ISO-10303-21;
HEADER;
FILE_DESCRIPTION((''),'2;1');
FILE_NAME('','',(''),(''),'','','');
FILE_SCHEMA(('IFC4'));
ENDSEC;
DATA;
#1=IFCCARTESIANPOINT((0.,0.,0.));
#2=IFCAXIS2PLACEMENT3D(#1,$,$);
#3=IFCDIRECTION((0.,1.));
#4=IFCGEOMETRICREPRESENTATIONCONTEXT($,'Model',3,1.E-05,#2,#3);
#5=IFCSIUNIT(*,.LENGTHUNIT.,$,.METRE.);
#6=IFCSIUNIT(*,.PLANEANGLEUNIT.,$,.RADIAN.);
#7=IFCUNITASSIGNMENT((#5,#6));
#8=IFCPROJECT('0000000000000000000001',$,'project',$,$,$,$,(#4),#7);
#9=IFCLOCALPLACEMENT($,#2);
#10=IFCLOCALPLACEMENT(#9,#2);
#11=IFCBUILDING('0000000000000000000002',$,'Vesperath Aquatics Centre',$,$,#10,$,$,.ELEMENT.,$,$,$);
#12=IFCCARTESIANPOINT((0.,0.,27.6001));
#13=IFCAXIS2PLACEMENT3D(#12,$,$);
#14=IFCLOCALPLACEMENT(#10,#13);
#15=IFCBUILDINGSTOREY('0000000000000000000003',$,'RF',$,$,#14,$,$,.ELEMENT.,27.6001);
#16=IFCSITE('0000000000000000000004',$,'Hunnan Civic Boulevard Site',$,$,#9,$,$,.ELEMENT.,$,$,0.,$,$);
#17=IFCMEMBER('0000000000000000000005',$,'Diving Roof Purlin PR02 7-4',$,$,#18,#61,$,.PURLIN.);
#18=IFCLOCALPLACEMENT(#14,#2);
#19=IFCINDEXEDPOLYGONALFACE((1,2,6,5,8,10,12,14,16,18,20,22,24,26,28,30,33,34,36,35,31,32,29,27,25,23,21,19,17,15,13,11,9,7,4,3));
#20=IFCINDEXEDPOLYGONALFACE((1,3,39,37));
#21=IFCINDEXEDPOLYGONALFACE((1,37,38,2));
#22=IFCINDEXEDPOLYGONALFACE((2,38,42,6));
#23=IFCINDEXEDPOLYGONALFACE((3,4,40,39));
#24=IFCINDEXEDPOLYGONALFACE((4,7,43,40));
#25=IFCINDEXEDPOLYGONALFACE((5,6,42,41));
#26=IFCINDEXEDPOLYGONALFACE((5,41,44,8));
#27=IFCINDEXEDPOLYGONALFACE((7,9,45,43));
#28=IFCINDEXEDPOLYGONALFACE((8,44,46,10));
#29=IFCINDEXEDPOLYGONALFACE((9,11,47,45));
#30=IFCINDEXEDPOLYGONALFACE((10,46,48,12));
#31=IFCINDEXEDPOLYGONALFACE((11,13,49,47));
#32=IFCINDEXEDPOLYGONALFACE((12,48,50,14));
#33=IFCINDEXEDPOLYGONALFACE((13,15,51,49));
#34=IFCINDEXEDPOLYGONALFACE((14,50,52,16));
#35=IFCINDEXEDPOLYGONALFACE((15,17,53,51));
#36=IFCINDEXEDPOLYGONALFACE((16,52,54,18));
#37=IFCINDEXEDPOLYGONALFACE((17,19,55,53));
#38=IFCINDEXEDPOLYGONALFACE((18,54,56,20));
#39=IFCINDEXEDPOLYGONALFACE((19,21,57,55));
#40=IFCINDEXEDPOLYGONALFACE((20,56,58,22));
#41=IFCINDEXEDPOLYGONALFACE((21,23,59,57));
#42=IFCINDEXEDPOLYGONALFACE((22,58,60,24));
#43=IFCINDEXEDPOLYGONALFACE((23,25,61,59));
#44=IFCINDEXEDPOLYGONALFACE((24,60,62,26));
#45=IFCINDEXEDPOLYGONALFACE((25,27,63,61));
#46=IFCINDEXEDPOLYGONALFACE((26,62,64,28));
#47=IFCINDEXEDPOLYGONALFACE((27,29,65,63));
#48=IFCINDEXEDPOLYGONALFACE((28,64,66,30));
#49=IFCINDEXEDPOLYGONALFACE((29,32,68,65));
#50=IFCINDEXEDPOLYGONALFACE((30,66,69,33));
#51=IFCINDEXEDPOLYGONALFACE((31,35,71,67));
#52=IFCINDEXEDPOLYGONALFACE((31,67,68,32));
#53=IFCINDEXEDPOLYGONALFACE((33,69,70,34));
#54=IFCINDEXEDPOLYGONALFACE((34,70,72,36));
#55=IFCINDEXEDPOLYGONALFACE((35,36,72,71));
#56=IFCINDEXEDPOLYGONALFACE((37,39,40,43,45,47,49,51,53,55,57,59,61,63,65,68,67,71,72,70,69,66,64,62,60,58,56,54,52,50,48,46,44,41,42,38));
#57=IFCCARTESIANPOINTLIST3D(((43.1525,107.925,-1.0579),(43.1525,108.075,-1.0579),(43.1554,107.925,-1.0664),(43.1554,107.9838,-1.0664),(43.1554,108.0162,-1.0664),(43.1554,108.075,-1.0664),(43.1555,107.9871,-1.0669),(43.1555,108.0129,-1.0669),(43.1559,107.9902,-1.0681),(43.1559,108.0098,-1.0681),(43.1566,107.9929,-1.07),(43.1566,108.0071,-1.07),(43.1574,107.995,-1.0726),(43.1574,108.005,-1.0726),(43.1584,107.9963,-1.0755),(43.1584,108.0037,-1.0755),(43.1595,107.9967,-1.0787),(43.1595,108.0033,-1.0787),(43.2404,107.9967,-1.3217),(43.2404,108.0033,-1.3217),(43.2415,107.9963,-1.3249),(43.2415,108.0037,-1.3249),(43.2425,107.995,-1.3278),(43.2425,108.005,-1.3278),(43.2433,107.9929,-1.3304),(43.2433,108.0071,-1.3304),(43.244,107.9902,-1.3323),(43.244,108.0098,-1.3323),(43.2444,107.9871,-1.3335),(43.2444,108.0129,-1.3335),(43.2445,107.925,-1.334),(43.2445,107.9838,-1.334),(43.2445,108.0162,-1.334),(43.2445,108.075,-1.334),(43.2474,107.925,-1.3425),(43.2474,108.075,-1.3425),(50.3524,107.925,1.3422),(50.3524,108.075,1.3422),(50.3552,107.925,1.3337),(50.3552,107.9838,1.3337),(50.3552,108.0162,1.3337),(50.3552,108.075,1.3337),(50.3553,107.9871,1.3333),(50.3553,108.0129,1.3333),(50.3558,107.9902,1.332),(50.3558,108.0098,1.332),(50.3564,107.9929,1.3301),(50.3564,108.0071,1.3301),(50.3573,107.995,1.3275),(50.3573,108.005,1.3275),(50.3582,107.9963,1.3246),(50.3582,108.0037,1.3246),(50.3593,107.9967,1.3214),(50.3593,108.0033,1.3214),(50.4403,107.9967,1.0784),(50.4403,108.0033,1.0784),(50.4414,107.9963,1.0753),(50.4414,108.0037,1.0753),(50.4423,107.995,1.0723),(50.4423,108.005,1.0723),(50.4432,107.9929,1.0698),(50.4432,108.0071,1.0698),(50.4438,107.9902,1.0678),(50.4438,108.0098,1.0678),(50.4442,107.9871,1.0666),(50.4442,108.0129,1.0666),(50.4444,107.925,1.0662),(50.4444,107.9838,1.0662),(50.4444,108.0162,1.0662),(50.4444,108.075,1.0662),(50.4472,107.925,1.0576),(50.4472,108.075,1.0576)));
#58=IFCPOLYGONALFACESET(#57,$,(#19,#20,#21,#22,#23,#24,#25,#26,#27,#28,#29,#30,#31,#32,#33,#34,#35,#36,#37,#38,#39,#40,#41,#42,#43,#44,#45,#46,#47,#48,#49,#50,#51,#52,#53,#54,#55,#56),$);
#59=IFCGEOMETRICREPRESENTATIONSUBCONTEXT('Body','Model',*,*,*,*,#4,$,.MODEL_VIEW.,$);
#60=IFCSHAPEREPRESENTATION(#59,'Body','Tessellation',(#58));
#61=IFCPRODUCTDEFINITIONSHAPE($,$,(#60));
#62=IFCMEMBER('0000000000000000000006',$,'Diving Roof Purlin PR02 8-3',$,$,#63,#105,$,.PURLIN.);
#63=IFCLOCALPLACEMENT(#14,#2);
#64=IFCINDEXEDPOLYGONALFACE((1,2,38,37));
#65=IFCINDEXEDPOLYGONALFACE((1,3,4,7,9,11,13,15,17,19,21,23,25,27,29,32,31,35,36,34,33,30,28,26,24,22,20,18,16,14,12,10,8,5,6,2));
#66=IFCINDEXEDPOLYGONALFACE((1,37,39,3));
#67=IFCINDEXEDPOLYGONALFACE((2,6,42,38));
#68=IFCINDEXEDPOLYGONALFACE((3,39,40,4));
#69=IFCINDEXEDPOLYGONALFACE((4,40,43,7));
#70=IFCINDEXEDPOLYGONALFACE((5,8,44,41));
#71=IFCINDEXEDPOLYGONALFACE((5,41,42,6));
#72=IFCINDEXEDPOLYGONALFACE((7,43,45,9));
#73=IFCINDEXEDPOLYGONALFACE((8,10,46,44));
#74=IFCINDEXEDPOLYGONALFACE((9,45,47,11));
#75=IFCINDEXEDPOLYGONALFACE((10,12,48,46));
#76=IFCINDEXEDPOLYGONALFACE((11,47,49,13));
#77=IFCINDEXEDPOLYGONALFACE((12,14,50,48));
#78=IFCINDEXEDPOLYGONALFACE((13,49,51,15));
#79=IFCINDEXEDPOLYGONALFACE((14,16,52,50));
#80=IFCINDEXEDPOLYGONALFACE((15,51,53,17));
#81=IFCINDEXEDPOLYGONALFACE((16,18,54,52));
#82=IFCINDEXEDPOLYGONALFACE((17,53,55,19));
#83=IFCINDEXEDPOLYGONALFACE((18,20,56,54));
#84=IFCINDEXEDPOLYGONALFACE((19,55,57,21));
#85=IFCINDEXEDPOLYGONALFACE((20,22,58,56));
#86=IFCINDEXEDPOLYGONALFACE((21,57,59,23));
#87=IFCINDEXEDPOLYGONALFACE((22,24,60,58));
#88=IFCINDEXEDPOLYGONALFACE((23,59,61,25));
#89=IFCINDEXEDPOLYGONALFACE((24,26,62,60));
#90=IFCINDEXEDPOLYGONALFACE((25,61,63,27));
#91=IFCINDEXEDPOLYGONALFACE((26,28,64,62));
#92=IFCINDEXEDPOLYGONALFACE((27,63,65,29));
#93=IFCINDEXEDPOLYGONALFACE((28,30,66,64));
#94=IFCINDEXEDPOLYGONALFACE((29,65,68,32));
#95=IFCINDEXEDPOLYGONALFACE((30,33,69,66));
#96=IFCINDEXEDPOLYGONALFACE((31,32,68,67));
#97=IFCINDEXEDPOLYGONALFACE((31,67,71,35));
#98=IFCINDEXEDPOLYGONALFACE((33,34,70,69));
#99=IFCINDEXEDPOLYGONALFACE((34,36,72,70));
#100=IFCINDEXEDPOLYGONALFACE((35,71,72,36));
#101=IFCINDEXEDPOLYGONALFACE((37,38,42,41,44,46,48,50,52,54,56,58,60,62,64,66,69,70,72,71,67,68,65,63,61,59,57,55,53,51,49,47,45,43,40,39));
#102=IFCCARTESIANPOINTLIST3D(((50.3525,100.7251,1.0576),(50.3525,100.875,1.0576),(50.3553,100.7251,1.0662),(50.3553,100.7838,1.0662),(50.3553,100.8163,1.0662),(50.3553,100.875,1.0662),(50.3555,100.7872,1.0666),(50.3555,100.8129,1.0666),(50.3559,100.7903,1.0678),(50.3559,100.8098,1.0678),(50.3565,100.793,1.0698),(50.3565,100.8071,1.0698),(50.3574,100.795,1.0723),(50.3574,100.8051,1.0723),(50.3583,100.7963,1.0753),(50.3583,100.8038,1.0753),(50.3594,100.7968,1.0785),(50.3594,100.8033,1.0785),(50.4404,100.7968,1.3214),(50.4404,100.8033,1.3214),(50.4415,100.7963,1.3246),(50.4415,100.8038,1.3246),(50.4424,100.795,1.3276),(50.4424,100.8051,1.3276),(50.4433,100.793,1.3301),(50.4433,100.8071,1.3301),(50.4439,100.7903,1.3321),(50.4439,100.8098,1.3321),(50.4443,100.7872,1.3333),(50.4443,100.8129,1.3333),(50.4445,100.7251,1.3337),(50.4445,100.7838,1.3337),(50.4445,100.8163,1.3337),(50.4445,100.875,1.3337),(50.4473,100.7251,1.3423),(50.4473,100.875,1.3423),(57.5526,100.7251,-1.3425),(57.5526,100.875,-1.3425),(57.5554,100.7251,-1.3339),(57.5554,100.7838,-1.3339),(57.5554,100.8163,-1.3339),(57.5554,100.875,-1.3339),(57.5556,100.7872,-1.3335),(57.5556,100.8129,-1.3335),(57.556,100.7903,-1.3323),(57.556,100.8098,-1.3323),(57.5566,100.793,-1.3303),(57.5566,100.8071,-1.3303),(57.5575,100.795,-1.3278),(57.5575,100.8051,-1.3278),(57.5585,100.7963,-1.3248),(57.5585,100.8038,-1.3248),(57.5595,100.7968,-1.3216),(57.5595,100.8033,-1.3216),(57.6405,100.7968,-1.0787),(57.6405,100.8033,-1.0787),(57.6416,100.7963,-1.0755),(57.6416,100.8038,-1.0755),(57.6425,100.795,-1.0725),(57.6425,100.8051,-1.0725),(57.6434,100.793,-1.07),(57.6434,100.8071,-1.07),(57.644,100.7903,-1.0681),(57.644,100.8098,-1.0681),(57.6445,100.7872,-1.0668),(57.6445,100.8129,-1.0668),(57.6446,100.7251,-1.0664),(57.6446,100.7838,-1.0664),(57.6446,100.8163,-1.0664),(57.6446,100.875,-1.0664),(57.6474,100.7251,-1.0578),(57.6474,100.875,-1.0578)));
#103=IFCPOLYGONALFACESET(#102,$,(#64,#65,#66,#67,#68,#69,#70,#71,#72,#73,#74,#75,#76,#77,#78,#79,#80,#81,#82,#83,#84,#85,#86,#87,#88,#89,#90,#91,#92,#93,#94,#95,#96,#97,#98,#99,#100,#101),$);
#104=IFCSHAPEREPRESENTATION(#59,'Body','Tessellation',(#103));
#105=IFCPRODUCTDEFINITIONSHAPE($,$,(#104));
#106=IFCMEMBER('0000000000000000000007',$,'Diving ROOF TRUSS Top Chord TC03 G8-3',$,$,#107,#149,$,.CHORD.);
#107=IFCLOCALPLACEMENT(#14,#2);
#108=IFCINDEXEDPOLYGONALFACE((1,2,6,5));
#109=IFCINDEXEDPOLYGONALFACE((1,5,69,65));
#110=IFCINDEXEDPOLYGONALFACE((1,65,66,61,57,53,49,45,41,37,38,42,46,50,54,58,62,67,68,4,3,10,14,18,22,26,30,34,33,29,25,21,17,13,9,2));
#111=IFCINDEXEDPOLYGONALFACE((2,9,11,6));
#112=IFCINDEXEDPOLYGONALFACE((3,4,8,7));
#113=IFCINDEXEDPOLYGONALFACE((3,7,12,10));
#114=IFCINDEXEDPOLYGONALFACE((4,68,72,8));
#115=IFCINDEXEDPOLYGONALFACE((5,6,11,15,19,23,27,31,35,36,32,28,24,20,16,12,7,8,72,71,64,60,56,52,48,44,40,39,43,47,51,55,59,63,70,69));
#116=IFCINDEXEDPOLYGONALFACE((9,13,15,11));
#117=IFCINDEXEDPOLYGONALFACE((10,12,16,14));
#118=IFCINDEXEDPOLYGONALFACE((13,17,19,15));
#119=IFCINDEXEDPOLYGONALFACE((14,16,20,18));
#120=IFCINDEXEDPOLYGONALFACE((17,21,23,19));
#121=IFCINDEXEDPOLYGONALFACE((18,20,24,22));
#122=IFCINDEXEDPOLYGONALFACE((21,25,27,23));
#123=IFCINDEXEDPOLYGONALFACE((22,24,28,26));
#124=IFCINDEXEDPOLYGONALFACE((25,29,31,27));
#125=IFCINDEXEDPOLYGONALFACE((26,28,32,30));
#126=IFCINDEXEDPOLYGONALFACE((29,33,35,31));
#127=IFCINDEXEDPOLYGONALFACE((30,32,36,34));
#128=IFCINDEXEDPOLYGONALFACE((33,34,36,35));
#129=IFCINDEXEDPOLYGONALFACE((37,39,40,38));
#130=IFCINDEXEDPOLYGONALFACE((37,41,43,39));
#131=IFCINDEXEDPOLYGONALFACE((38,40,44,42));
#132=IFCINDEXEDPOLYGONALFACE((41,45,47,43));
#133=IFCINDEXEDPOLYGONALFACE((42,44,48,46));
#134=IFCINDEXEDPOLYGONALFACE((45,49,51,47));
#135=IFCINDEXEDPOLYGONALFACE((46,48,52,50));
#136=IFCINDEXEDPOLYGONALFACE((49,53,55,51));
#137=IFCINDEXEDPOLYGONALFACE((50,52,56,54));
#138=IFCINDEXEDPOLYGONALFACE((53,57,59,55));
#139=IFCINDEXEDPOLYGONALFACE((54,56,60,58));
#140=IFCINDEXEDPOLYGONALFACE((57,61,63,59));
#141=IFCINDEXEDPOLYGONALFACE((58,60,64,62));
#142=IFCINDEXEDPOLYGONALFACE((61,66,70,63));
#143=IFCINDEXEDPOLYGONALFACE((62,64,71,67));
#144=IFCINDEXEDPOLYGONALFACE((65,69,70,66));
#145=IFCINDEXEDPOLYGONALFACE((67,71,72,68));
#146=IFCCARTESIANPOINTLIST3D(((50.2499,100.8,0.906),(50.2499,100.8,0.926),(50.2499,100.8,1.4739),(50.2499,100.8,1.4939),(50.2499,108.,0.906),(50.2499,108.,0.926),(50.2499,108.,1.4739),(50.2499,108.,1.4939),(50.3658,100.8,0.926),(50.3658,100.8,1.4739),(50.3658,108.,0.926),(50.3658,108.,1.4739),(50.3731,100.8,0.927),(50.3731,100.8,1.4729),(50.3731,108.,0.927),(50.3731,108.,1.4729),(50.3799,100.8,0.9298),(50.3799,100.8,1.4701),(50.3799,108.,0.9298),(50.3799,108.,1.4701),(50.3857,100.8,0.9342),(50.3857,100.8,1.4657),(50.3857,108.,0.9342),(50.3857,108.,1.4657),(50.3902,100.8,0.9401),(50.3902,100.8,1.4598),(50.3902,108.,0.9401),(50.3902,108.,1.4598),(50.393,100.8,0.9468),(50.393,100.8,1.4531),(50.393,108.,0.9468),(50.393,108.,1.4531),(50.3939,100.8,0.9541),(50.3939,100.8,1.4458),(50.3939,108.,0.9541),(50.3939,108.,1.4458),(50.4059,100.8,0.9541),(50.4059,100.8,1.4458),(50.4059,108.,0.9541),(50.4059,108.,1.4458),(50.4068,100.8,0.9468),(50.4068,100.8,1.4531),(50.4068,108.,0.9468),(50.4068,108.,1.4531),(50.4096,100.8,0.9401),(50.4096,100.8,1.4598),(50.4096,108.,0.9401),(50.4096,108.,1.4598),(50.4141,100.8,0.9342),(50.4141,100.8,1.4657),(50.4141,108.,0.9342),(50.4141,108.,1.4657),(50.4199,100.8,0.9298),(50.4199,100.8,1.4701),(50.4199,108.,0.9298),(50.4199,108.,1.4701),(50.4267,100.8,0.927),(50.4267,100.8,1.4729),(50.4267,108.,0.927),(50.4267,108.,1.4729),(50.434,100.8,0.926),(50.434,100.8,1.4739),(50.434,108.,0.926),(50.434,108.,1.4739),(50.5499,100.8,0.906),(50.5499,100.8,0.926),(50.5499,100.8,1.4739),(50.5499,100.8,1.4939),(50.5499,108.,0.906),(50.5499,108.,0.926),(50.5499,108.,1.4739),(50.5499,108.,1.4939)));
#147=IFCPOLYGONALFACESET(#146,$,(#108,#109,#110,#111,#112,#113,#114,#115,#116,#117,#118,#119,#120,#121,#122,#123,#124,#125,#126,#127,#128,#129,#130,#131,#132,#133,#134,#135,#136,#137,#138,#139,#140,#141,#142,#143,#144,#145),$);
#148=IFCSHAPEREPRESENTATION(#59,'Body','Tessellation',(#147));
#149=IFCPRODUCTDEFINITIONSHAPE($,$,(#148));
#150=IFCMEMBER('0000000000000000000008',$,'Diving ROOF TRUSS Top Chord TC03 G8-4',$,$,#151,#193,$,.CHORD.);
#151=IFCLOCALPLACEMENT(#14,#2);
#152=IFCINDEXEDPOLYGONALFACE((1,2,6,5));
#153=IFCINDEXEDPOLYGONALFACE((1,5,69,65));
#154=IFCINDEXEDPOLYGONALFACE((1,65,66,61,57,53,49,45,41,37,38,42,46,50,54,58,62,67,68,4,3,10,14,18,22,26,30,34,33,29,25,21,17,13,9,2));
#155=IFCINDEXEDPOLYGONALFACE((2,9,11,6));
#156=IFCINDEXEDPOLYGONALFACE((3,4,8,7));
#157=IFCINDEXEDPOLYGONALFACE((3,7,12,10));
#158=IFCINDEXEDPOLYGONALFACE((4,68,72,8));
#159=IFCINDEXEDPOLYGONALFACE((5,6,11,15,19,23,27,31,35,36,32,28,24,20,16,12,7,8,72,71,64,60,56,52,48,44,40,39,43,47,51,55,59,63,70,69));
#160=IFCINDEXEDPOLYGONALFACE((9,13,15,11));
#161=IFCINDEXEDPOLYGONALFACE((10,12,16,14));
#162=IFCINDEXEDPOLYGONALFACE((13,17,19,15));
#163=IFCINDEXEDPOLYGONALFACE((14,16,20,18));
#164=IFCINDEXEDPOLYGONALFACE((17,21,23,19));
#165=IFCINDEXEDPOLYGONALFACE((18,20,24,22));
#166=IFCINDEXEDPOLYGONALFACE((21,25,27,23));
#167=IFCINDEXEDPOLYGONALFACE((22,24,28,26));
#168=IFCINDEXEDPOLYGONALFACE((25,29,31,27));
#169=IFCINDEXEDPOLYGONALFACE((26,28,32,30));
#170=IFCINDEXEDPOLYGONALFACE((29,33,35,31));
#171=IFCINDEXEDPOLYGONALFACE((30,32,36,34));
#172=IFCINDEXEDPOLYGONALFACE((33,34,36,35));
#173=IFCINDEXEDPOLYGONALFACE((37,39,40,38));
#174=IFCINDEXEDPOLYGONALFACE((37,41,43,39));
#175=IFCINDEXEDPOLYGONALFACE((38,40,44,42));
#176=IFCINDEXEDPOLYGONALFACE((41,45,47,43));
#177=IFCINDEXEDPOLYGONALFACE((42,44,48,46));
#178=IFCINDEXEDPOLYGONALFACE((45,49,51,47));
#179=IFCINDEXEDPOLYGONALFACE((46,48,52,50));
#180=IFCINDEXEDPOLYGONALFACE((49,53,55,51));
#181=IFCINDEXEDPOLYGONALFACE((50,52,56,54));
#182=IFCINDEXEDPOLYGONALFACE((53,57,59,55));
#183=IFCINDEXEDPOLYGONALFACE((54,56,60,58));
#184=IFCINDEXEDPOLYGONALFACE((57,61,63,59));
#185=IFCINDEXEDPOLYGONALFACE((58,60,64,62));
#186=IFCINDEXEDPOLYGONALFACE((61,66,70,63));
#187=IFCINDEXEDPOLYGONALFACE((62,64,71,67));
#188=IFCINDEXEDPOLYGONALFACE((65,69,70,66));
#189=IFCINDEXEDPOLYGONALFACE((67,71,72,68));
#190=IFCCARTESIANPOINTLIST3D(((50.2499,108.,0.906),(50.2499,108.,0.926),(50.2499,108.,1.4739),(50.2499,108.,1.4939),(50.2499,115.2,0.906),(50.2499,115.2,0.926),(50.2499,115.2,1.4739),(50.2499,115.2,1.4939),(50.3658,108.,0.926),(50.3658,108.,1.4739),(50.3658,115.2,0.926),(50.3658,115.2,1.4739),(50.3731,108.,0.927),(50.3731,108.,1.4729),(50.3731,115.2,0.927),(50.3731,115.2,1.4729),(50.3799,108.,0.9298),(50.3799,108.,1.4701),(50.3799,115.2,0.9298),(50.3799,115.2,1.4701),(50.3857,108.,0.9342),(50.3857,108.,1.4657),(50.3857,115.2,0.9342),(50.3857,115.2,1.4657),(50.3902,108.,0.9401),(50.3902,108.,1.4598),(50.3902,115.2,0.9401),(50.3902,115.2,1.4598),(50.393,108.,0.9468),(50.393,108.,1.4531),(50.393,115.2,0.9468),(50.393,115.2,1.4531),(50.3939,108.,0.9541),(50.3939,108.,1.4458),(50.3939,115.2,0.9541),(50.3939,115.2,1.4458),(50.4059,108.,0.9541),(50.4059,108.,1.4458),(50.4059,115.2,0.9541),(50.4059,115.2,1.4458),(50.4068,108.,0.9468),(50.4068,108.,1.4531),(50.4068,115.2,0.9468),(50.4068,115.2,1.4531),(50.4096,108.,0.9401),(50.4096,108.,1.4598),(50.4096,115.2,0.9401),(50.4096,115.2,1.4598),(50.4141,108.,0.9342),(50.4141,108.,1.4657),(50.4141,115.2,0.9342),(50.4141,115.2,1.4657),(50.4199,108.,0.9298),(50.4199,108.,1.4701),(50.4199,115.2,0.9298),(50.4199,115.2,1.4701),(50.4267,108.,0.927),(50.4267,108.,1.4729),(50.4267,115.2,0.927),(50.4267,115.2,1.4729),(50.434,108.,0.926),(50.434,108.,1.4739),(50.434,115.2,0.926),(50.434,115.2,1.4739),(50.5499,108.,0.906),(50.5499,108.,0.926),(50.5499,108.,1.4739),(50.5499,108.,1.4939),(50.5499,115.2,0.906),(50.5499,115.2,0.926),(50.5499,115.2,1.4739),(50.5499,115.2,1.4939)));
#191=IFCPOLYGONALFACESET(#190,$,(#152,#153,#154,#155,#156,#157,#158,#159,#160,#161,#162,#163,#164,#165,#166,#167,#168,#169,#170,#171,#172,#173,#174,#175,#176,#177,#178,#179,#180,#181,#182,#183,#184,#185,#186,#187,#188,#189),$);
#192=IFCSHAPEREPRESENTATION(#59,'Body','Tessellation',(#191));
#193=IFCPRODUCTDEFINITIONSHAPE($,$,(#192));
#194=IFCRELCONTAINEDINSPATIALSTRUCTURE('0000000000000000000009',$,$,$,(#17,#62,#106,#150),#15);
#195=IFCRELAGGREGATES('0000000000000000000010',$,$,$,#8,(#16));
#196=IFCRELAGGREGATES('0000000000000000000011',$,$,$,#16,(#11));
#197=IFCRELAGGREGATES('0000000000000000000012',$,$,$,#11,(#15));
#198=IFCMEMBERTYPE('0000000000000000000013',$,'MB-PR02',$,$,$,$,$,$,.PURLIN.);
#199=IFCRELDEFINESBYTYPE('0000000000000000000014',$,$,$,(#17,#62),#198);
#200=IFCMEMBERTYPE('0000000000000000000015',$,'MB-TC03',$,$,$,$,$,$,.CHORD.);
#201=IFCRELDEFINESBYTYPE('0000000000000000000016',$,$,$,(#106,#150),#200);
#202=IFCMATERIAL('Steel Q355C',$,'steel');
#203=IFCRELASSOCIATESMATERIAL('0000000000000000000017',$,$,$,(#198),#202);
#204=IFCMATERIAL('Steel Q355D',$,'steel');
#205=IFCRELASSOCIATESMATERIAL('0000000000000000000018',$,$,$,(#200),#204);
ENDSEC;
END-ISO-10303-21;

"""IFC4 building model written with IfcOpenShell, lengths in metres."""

from ifc_helpers import new_model, si_unit, direction, frame, origin, origin_2d, place, context, subcontext, project, spatial, i_section, extrude, material, material_profile, profile_set, type_object, element, save


model = new_model("IFC4")

# Units and contexts
model_context = context("Model", 3, precision=1e-05, world=origin(), true_north=direction((0.0, 1.0)))
body_context = subcontext(model_context, "Body", "Model", "MODEL_VIEW")
ifc_project = project(units=[si_unit("LENGTHUNIT", "METRE"), si_unit("PLANEANGLEUNIT", "RADIAN")], contexts=[model_context])

# Site, building, storey
site_placement = place(None, origin())
site = spatial("IfcSite", under=ifc_project, at=site_placement, Name="Hunnan Civic Boulevard Site", CompositionType="ELEMENT", RefElevation=0.0)
building_placement = place(site_placement, origin())
building = spatial("IfcBuilding", under=site, at=building_placement, Name="Vesperath Aquatics Centre", CompositionType="ELEMENT")
storey_placement = place(building_placement, frame((0.0, 0.0, 27.6001)))
storey = spatial("IfcBuildingStorey", under=building, at=storey_placement, Name="RF", CompositionType="ELEMENT", Elevation=27.6001)

# Members
ifc_material_1 = material(Name="Steel Q355D", Category="steel")
ifc_material_2 = material(Name="Steel Q355C", Category="steel")
ifc_material_profile_1 = material_profile(ifc_material_2, i_section(OverallWidth=0.1499, OverallDepth=0.3, WebThickness=0.0066, FlangeThickness=0.009, FilletRadius=0.0129, at=origin_2d()), Name="HN 300x150x6.5x9")
ifc_profile_set_1 = profile_set([ifc_material_profile_1], Name="Steel Q355C")
member_type_1 = type_object("IfcMemberType", Name="MB-PR02", PredefinedType="PURLIN", material=ifc_profile_set_1)
member_1_placement = place(storey_placement, frame((43.2, 108.0, -1.2002), z_axis=(0.948677, 0.0, 0.316247), x_axis=(0.0, 1.0, 0.0)))
element("IfcMember", 1, at=member_1_placement, inside=storey, type_object=member_type_1, Name="Diving Roof Purlin PR02 7-4", PredefinedType="PURLIN", context=body_context, shape_type="SweptSolid", body=[
    extrude(i_section(OverallWidth=0.1499, OverallDepth=0.3, WebThickness=0.0066, FlangeThickness=0.009, FilletRadius=0.0129, at=origin_2d()), origin(), (0.0, 0.0, 1.0), 7.5894),
])
member_2_placement = place(storey_placement, frame((50.3999, 100.8, 1.2), z_axis=(0.94868, 0.0, -0.316237), x_axis=(0.0, 1.0, 0.0)))
element("IfcMember", 2, at=member_2_placement, inside=storey, type_object=member_type_1, Name="Diving Roof Purlin PR02 8-3", PredefinedType="PURLIN", context=body_context, shape_type="SweptSolid", body=[
    extrude(i_section(OverallWidth=0.1499, OverallDepth=0.3, WebThickness=0.0066, FlangeThickness=0.009, FilletRadius=0.0129, at=origin_2d()), origin(), (0.0, 0.0, 1.0), 7.5896),
])
ifc_material_profile_2 = material_profile(ifc_material_1, i_section(OverallWidth=0.3, OverallDepth=0.5879, WebThickness=0.012, FlangeThickness=0.02, FilletRadius=0.0281, at=origin_2d()), Name="HM 588x300x12x20")
ifc_profile_set_2 = profile_set([ifc_material_profile_2], Name="Steel Q355D")
member_type_2 = type_object("IfcMemberType", Name="MB-TC03", PredefinedType="CHORD", material=ifc_profile_set_2)
for number, where, z_axis, x_axis, name in (
    (3, (50.3999, 100.8, 1.2), (0.0, 1.0, 0.0), (-1.0, 0.0, 0.0), "Diving ROOF TRUSS Top Chord TC03 G8-3"),
    (4, (50.3999, 108.0, 1.2), (0.0, 1.0, 0.0), (-1.0, 0.0, 0.0), "Diving ROOF TRUSS Top Chord TC03 G8-4"),
):
    element("IfcMember", number, at=place(storey_placement, frame(where, z_axis=z_axis, x_axis=x_axis)), inside=storey, type_object=member_type_2, Name=name, PredefinedType="CHORD", context=body_context, shape_type="SweptSolid", body=[
        extrude(i_section(OverallWidth=0.3, OverallDepth=0.5879, WebThickness=0.012, FlangeThickness=0.02, FilletRadius=0.0281, at=origin_2d()), origin(), (0.0, 0.0, 1.0), 7.2),
    ])

save(model, "model.ifc")
